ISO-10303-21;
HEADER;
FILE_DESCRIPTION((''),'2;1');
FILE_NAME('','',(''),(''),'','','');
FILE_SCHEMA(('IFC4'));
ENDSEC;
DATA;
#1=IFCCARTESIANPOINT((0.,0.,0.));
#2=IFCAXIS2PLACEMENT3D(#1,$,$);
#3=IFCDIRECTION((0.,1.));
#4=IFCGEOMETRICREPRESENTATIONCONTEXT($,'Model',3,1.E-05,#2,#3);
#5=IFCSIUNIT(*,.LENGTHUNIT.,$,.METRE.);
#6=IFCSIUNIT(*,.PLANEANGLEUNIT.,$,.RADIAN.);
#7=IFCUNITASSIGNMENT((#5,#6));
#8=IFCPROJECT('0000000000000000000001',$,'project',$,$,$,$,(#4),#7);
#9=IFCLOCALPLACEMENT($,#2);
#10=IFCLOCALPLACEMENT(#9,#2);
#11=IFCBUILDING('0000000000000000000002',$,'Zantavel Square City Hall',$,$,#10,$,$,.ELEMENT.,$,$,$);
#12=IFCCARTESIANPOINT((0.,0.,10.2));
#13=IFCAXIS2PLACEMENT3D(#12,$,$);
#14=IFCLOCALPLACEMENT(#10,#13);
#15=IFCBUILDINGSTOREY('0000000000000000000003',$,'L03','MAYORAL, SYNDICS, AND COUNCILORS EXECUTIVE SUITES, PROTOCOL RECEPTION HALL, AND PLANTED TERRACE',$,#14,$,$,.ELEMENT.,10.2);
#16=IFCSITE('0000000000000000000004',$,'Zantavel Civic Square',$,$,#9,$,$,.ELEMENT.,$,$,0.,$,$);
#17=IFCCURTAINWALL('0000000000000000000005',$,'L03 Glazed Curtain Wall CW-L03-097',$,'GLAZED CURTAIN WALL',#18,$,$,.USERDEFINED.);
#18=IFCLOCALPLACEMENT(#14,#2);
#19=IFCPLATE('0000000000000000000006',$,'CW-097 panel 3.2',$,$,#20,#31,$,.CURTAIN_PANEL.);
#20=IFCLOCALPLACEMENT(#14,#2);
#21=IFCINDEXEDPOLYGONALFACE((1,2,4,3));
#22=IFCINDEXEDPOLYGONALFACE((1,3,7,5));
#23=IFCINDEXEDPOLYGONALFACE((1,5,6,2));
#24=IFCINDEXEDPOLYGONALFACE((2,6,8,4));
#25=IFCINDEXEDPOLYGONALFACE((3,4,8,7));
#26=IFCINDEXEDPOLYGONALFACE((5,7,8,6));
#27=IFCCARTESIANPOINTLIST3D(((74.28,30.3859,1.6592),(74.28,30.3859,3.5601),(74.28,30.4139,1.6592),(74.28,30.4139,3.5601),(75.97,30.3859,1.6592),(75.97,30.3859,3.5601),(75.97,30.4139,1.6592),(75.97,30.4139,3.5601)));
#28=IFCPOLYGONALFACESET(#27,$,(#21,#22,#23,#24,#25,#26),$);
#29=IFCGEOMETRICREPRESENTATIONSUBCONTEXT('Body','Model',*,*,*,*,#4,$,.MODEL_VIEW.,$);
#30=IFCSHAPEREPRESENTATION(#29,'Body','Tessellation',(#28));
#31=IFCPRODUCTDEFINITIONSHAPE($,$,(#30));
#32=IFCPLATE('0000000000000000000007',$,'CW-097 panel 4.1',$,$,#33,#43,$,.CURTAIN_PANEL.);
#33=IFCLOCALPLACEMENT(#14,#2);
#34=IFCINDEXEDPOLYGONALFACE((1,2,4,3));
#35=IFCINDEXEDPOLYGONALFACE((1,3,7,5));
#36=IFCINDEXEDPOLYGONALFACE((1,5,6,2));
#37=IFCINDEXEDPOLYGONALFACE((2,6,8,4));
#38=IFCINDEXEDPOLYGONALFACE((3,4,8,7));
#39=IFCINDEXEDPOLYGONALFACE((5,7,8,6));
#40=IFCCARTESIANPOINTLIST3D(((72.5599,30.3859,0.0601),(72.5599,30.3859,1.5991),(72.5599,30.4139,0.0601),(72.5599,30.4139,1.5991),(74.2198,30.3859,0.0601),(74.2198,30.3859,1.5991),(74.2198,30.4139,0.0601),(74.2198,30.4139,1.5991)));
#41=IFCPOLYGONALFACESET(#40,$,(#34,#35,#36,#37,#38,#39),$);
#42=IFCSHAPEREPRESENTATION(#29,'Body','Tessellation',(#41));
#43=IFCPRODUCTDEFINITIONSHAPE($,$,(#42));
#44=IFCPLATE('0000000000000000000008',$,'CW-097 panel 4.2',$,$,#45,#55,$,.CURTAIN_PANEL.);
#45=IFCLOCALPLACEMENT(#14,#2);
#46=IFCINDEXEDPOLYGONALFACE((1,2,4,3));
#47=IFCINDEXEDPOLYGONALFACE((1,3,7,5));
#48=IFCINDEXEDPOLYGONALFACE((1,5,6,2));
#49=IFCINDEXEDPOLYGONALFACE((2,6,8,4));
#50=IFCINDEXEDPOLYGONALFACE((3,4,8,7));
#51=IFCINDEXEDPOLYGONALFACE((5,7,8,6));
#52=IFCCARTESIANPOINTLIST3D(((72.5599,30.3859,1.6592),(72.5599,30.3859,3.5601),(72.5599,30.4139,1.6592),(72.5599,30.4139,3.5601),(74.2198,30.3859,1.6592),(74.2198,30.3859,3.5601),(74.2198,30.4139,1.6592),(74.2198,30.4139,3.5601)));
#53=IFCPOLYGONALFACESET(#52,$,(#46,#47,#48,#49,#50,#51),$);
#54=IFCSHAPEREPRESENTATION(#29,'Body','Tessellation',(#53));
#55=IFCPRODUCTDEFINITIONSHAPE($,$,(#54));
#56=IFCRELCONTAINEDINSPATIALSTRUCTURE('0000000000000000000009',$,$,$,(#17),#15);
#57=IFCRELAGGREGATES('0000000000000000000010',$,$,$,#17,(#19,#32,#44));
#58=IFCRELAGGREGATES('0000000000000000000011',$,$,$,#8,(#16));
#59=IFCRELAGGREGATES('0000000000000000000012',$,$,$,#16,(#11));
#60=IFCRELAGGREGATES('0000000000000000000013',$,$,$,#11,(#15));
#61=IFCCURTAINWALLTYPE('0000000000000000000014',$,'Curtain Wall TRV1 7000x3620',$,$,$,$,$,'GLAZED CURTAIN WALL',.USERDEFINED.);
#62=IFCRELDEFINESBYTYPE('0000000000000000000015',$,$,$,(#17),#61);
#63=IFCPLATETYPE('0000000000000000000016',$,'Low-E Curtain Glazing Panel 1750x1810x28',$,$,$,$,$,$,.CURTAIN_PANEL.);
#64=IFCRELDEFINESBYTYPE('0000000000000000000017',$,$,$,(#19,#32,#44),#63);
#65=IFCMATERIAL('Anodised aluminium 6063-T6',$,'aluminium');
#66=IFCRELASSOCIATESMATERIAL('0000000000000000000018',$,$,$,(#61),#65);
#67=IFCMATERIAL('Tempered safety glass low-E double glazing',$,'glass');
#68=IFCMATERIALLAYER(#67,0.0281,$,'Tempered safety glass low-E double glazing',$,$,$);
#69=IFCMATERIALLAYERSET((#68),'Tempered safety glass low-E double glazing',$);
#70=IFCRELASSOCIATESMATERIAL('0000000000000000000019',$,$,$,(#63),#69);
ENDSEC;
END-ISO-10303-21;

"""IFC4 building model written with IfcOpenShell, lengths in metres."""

from ifc_helpers import new_model, si_unit, direction, frame, origin, origin_2d, place, context, subcontext, project, spatial, rectangle, extrude, material, layer, layer_set, type_object, element, aggregate, save


model = new_model("IFC4")

# Units and contexts
model_context = context("Model", 3, precision=1e-05, world=origin(), true_north=direction((0.0, 1.0)))
body_context = subcontext(model_context, "Body", "Model", "MODEL_VIEW")
ifc_project = project(units=[si_unit("LENGTHUNIT", "METRE"), si_unit("PLANEANGLEUNIT", "RADIAN")], contexts=[model_context])

# Site, building, storey
site_placement = place(None, origin())
site = spatial("IfcSite", under=ifc_project, at=site_placement, Name="Zantavel Civic Square", CompositionType="ELEMENT", RefElevation=0.0)
building_placement = place(site_placement, origin())
building = spatial("IfcBuilding", under=site, at=building_placement, Name="Zantavel Square City Hall", CompositionType="ELEMENT")
storey_placement = place(building_placement, frame((0.0, 0.0, 10.2)))
storey = spatial("IfcBuildingStorey", under=building, at=storey_placement, Name="L03", Description="MAYORAL, SYNDICS, AND COUNCILORS EXECUTIVE SUITES, PROTOCOL RECEPTION HALL, AND PLANTED TERRACE", CompositionType="ELEMENT", Elevation=10.2)

# Curtain wall
ifc_material_1 = material(Name="Anodised aluminium 6063-T6", Category="aluminium")
curtain_wall_type = type_object("IfcCurtainWallType", Name="Curtain Wall TRV1 7000x3620", ElementType="GLAZED CURTAIN WALL", PredefinedType="USERDEFINED", material=ifc_material_1)
curtain_wall_placement = place(storey_placement, origin())
curtain_wall = element("IfcCurtainWall", 1, at=curtain_wall_placement, inside=storey, type_object=curtain_wall_type, Name="L03 Glazed Curtain Wall CW-L03-097", ObjectType="GLAZED CURTAIN WALL", PredefinedType="USERDEFINED")

# Plates
ifc_material_2 = material(Name="Tempered safety glass low-E double glazing", Category="glass")
ifc_layer = layer(ifc_material_2, 0.0281, Name="Tempered safety glass low-E double glazing")
ifc_layer_set = layer_set([ifc_layer], Name="Tempered safety glass low-E double glazing")
plate_type = type_object("IfcPlateType", Name="Low-E Curtain Glazing Panel 1750x1810x28", PredefinedType="CURTAIN_PANEL", material=ifc_layer_set)
plate_1_placement = place(storey_placement, frame((75.125, 30.3999, 1.6592), z_axis=(0.0, 0.0, 1.0), x_axis=(-1.0, 0.0, 0.0)))
plate_1 = element("IfcPlate", 2, at=plate_1_placement, type_object=plate_type, Name="CW-097 panel 3.2", PredefinedType="CURTAIN_PANEL", context=body_context, shape_type="SweptSolid", body=[
    extrude(rectangle(XDim=1.6899, YDim=0.0281, at=origin_2d()), origin(), (0.0, 0.0, 1.0), 1.9009),
])
plate_2_placement = place(storey_placement, frame((73.3899, 30.3999, 0.0601), z_axis=(0.0, 0.0, 1.0), x_axis=(-1.0, 0.0, 0.0)))
plate_2 = element("IfcPlate", 3, at=plate_2_placement, type_object=plate_type, Name="CW-097 panel 4.1", PredefinedType="CURTAIN_PANEL", context=body_context, shape_type="SweptSolid", body=[
    extrude(rectangle(XDim=1.6599, YDim=0.0281, at=origin_2d()), origin(), (0.0, 0.0, 1.0), 1.5391),
])
plate_3_placement = place(storey_placement, frame((73.3899, 30.3999, 1.6592), z_axis=(0.0, 0.0, 1.0), x_axis=(-1.0, 0.0, 0.0)))
plate_3 = element("IfcPlate", 4, at=plate_3_placement, type_object=plate_type, Name="CW-097 panel 4.2", PredefinedType="CURTAIN_PANEL", context=body_context, shape_type="SweptSolid", body=[
    extrude(rectangle(XDim=1.6599, YDim=0.0281, at=origin_2d()), origin(), (0.0, 0.0, 1.0), 1.9009),
])
aggregate(curtain_wall, [plate_1, plate_2, plate_3])

save(model, "model.ifc")
